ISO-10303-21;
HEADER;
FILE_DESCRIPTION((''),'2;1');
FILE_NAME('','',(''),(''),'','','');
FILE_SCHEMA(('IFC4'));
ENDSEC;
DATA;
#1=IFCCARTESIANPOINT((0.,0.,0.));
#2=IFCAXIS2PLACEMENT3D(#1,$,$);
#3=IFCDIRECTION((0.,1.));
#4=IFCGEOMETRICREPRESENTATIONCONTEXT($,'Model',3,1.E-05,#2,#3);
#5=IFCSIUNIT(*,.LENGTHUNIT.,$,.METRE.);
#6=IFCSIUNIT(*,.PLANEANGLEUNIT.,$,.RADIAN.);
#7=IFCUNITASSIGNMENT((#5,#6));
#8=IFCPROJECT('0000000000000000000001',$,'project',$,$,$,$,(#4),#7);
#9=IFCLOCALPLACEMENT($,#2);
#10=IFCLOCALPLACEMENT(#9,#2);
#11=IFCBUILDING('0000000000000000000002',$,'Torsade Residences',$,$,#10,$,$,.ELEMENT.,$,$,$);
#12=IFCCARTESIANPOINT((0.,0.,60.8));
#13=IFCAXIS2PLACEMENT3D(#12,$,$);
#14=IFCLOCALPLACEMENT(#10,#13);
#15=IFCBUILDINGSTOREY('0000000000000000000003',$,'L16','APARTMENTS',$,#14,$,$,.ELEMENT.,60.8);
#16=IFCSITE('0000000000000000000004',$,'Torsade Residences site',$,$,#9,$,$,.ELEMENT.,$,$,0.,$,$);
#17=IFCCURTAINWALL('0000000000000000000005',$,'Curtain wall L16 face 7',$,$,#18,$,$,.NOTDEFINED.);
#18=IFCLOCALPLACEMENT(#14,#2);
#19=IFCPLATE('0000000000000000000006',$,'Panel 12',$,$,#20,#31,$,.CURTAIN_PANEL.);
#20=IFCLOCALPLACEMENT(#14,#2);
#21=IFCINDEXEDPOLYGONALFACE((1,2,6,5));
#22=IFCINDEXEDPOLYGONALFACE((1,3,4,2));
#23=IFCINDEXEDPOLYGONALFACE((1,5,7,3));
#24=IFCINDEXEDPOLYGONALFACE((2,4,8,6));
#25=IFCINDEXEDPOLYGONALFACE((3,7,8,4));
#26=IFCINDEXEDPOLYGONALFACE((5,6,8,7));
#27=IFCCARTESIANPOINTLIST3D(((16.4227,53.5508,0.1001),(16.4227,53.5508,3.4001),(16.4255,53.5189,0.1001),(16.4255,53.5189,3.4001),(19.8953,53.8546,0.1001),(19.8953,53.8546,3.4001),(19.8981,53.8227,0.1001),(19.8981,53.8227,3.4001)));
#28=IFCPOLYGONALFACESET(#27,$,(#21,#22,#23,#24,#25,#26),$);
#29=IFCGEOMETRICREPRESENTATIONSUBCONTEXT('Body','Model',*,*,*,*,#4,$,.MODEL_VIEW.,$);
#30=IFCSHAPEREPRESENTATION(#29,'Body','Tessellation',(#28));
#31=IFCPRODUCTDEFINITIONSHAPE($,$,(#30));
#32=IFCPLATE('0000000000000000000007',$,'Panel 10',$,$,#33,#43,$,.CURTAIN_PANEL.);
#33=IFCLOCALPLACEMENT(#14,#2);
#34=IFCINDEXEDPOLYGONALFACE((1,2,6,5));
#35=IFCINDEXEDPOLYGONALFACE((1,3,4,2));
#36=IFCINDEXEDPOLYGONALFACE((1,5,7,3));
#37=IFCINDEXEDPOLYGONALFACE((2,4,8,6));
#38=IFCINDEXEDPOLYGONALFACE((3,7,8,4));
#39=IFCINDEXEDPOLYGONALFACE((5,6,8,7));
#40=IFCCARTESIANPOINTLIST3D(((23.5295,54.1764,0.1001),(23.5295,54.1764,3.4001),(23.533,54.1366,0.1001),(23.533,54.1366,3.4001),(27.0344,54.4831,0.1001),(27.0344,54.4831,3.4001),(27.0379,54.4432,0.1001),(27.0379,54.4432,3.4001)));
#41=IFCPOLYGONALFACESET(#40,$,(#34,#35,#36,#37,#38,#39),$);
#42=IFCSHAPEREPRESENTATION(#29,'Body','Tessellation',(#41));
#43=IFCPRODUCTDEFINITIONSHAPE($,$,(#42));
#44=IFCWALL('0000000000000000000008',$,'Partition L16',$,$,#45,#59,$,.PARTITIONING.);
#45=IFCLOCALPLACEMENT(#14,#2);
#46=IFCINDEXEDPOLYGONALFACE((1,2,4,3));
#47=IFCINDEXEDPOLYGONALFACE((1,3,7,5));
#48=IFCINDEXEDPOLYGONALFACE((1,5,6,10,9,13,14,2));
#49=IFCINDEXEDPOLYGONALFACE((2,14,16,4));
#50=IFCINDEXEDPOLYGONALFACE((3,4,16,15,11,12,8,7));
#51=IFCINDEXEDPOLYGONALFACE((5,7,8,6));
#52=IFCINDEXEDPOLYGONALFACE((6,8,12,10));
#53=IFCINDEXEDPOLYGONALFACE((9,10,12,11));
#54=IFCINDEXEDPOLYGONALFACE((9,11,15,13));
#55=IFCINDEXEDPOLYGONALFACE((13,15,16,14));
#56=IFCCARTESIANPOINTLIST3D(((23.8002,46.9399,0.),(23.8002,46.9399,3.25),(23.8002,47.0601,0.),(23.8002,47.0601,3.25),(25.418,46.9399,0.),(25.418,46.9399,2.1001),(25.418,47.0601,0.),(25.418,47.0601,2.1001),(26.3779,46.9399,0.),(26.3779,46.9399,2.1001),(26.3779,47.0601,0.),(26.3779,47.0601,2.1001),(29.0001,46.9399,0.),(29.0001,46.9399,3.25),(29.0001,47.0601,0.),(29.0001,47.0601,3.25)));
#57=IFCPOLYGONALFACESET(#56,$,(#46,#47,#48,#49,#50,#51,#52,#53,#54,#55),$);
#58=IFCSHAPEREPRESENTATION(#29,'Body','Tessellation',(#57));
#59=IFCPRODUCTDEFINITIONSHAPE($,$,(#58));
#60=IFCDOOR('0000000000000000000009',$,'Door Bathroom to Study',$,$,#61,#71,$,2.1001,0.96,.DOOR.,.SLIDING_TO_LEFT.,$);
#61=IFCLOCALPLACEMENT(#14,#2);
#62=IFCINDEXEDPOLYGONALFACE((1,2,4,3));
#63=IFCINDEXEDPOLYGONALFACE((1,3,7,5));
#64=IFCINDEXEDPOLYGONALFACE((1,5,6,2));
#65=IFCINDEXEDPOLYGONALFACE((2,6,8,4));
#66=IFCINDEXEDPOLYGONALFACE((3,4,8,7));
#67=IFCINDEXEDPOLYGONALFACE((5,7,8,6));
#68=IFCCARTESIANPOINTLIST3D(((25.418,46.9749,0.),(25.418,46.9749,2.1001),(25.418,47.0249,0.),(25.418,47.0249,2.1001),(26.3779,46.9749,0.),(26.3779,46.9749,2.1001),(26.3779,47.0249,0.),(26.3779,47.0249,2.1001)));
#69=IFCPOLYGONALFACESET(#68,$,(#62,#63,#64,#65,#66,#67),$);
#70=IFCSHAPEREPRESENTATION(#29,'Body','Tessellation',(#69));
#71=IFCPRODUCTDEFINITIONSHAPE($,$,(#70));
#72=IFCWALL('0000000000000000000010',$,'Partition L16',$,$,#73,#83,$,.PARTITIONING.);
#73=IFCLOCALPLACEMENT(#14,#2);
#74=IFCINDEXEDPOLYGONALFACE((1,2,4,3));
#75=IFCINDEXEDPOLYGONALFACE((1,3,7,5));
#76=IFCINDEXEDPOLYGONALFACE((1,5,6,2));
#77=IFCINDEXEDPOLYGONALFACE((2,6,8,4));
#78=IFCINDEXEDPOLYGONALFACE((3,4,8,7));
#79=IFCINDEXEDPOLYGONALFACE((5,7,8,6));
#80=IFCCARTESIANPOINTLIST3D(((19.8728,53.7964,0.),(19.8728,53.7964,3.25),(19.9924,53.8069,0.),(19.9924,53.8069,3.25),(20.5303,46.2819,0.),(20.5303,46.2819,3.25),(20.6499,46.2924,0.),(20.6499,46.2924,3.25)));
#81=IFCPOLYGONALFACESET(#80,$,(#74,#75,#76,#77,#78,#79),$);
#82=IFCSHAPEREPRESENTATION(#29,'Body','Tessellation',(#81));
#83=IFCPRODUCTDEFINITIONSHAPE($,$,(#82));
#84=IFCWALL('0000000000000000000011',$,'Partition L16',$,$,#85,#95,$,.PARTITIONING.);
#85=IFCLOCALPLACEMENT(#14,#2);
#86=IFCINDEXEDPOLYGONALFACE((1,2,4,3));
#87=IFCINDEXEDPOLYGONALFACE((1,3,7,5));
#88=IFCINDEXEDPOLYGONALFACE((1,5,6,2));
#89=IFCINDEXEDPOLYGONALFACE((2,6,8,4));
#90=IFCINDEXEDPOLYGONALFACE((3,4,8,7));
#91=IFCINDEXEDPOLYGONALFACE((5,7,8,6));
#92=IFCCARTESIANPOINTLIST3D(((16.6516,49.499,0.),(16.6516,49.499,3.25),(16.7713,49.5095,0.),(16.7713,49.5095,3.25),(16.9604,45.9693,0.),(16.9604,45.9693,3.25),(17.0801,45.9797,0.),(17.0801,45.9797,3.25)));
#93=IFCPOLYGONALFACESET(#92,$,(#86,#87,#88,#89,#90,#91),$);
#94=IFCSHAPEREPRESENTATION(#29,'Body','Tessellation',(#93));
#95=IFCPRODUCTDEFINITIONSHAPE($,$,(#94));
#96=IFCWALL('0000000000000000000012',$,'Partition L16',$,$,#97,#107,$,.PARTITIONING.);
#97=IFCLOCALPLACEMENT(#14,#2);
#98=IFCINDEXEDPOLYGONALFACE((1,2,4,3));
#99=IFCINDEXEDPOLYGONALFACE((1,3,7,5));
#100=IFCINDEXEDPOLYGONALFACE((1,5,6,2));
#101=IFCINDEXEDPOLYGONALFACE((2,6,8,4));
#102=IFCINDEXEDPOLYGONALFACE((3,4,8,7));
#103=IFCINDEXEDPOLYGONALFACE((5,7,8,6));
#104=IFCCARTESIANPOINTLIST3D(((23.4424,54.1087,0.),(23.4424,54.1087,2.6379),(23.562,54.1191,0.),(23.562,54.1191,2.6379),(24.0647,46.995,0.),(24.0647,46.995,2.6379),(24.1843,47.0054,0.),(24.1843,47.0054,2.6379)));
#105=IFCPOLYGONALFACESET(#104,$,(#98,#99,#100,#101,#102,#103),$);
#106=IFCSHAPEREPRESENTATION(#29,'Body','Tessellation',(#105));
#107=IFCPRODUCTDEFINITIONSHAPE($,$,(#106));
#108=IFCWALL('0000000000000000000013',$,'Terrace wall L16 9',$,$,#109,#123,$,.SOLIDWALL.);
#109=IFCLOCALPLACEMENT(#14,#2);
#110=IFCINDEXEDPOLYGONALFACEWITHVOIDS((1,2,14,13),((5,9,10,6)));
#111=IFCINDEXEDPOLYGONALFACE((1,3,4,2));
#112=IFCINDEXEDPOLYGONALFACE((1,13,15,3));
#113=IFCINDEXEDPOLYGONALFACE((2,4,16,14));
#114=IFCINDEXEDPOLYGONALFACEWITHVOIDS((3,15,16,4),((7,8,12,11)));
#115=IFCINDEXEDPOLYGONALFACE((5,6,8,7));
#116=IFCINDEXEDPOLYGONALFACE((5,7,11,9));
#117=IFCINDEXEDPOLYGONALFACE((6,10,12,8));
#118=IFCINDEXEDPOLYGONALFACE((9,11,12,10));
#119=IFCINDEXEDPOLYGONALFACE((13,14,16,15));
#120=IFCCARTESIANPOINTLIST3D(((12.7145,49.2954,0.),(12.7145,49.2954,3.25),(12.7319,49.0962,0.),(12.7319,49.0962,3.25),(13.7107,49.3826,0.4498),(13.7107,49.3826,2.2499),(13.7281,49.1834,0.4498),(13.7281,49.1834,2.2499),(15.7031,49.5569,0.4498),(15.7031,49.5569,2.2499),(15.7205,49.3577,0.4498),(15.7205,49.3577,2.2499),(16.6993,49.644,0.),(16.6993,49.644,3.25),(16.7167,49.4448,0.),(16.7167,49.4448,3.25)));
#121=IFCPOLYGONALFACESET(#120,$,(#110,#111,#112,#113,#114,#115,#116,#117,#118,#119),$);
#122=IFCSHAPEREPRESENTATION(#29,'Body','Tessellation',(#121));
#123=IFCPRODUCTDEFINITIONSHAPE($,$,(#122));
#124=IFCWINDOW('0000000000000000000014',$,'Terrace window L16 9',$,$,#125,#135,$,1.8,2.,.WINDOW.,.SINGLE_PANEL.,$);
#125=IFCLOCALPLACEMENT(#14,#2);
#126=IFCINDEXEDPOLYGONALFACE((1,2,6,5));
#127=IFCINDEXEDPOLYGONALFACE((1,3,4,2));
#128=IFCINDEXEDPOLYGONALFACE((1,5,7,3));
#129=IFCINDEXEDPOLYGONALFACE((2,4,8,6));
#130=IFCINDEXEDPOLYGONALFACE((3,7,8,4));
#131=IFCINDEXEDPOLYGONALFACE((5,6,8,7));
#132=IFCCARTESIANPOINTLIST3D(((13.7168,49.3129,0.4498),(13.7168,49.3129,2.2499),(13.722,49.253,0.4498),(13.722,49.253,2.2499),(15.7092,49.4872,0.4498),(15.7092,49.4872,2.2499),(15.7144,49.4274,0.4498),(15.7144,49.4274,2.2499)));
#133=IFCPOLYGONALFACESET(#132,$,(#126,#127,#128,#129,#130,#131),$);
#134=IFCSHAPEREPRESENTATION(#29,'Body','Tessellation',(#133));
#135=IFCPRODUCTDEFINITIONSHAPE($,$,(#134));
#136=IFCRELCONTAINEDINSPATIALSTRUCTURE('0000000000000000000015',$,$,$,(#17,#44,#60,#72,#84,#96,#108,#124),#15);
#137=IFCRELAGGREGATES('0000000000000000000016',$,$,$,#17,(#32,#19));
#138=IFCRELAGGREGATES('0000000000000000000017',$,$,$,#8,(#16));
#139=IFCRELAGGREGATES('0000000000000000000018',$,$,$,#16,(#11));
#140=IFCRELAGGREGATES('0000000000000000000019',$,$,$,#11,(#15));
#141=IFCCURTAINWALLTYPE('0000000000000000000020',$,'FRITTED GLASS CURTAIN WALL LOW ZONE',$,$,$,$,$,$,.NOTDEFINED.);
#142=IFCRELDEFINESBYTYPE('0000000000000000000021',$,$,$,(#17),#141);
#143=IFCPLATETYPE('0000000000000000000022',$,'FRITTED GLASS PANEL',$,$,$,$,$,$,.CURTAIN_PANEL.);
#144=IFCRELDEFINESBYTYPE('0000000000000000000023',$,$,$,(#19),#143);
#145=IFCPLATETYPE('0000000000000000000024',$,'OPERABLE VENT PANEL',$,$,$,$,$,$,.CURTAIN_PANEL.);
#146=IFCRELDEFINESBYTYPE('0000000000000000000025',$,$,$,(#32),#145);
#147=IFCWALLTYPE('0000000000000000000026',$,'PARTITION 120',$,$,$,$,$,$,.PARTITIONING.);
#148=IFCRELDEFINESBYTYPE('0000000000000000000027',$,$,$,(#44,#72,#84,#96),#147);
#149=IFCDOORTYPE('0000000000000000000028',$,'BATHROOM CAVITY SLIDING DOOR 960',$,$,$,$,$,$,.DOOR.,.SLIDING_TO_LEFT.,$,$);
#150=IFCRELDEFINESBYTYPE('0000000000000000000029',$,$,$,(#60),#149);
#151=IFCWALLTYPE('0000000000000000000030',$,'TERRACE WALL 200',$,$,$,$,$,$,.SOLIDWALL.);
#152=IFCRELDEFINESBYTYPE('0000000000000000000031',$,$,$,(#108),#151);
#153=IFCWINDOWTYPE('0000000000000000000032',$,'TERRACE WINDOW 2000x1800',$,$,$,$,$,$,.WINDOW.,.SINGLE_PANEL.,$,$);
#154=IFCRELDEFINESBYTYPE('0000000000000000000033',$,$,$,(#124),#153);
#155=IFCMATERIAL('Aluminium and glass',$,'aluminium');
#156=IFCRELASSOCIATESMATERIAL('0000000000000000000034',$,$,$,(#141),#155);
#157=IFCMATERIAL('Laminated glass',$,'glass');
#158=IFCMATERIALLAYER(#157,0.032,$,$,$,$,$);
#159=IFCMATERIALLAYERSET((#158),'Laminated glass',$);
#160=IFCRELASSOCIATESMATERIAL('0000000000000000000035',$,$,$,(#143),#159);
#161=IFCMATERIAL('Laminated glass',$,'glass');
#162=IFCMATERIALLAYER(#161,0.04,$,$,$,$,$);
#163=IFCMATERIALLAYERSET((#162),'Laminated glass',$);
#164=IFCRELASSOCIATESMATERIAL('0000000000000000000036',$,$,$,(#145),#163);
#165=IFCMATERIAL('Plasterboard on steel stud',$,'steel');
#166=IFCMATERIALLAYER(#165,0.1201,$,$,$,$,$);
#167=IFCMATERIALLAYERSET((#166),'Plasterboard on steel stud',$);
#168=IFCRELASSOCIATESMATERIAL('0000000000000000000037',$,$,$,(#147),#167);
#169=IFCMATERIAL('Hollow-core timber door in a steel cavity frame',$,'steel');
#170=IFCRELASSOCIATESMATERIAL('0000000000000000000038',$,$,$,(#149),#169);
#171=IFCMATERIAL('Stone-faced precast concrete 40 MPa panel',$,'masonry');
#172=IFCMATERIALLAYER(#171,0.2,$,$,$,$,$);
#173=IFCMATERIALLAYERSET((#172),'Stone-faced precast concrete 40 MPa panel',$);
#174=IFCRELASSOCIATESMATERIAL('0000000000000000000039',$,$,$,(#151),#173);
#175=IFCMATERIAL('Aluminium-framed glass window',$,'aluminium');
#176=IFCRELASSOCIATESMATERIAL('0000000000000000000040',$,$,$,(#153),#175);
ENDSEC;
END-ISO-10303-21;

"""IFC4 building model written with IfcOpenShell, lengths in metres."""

from ifc_helpers import new_model, si_unit, direction, frame, frame_2d, origin, origin_2d, place, context, subcontext, project, spatial, rectangle, extrude, material, layer, layer_set, type_object, element, fill, aggregate, save


model = new_model("IFC4")

# Units and contexts
model_context = context("Model", 3, precision=1e-05, world=origin(), true_north=direction((0.0, 1.0)))
body_context = subcontext(model_context, "Body", "Model", "MODEL_VIEW")
ifc_project = project(units=[si_unit("LENGTHUNIT", "METRE"), si_unit("PLANEANGLEUNIT", "RADIAN")], contexts=[model_context])

# Site, building, storey
site_placement = place(None, origin())
site = spatial("IfcSite", under=ifc_project, at=site_placement, Name="Torsade Residences site", CompositionType="ELEMENT", RefElevation=0.0)
building_placement = place(site_placement, origin())
building = spatial("IfcBuilding", under=site, at=building_placement, Name="Torsade Residences", CompositionType="ELEMENT")
storey_placement = place(building_placement, frame((0.0, 0.0, 60.8)))
storey = spatial("IfcBuildingStorey", under=building, at=storey_placement, Name="L16", Description="APARTMENTS", CompositionType="ELEMENT", Elevation=60.8)

# Curtain wall
ifc_material_1 = material(Name="Aluminium and glass", Category="aluminium")
curtain_wall_type = type_object("IfcCurtainWallType", Name="FRITTED GLASS CURTAIN WALL LOW ZONE", PredefinedType="NOTDEFINED", material=ifc_material_1)
curtain_wall_placement = place(storey_placement, origin())
curtain_wall = element("IfcCurtainWall", 1, at=curtain_wall_placement, inside=storey, type_object=curtain_wall_type, Name="Curtain wall L16 face 7", PredefinedType="NOTDEFINED")

# Plates
ifc_material_2 = material(Name="Laminated glass", Category="glass")
ifc_layer_1 = layer(ifc_material_2, 0.032)
ifc_layer_set_1 = layer_set([ifc_layer_1], Name="Laminated glass")
plate_type_1 = type_object("IfcPlateType", Name="FRITTED GLASS PANEL", PredefinedType="CURTAIN_PANEL", material=ifc_layer_set_1)
plate_1_placement = place(storey_placement, frame((18.1604, 53.6868, 0.1001), z_axis=(0.0, 0.0, 1.0), x_axis=(-0.996195, -0.087156, 0.0)))
plate_1 = element("IfcPlate", 2, at=plate_1_placement, type_object=plate_type_1, Name="Panel 12", PredefinedType="CURTAIN_PANEL", context=body_context, shape_type="SweptSolid", body=[
    extrude(rectangle(XDim=3.4858, YDim=0.032, at=origin_2d()), origin(), (0.0, 0.0, 1.0), 3.3),
])
ifc_material_3 = material(Name="Laminated glass", Category="glass")
ifc_layer_2 = layer(ifc_material_3, 0.04)
ifc_layer_set_2 = layer_set([ifc_layer_2], Name="Laminated glass")
plate_type_2 = type_object("IfcPlateType", Name="OPERABLE VENT PANEL", PredefinedType="CURTAIN_PANEL", material=ifc_layer_set_2)
plate_2_placement = place(storey_placement, frame((25.2837, 54.3098, 0.1001), z_axis=(0.0, 0.0, 1.0), x_axis=(-0.996195, -0.087156, 0.0)))
plate_2 = element("IfcPlate", 3, at=plate_2_placement, type_object=plate_type_2, Name="Panel 10", PredefinedType="CURTAIN_PANEL", context=body_context, shape_type="SweptSolid", body=[
    extrude(rectangle(XDim=3.5183, YDim=0.04, at=origin_2d()), origin(), (0.0, 0.0, 1.0), 3.3),
])
aggregate(curtain_wall, [plate_2, plate_1])

# Wall, opening, door
ifc_material_4 = material(Name="Plasterboard on steel stud", Category="steel")
ifc_layer_3 = layer(ifc_material_4, 0.1201)
ifc_layer_set_3 = layer_set([ifc_layer_3], Name="Plasterboard on steel stud")
wall_type_1 = type_object("IfcWallType", Name="PARTITION 120", PredefinedType="PARTITIONING", material=ifc_layer_set_3)
wall_1_placement = place(storey_placement, frame((23.8, 47.0, 0.0), z_axis=(0.0, 0.0, 1.0), x_axis=(1.0, 0.0, 0.0)))
wall_1 = element("IfcWall", 4, at=wall_1_placement, inside=storey, type_object=wall_type_1, Name="Partition L16", PredefinedType="PARTITIONING", context=body_context, shape_type="SweptSolid", body=[
    extrude(rectangle(XDim=5.2, YDim=0.1201, at=frame_2d((2.6001, 0.0))), origin(), (0.0, 0.0, 1.0), 3.25),
])
opening_1_placement = place(wall_1_placement, frame((1.6179, 0.0, 0.0)))
opening_1 = element("IfcOpeningElement", 5, at=opening_1_placement, cuts=wall_1, PredefinedType="OPENING", context=body_context, shape_type="SweptSolid", body=[
    extrude(rectangle(XDim=0.96, YDim=2.1001, at=frame_2d((0.48, 1.05))), frame((0.0, 0.0701, 0.0), z_axis=(0.0, -1.0, 0.0), x_axis=(1.0, 0.0, 0.0)), (0.0, 0.0, 1.0), 0.1401),
])
ifc_material_5 = material(Name="Hollow-core timber door in a steel cavity frame", Category="steel")
door_type = type_object("IfcDoorType", Name="BATHROOM CAVITY SLIDING DOOR 960", OperationType="SLIDING_TO_LEFT", PredefinedType="DOOR", material=ifc_material_5)
door_placement = place(opening_1_placement, origin())
door = element("IfcDoor", 6, at=door_placement, inside=storey, type_object=door_type, Name="Door Bathroom to Study", OperationType="SLIDING_TO_LEFT", OverallHeight=2.1001, OverallWidth=0.96, PredefinedType="DOOR", context=body_context, shape_type="SweptSolid", body=[
    extrude(rectangle(XDim=0.96, YDim=2.1001, at=frame_2d((0.48, 1.05))), frame((0.0, 0.0249, 0.0), z_axis=(0.0, -1.0, 0.0), x_axis=(1.0, 0.0, 0.0)), (0.0, 0.0, 1.0), 0.05),
])
fill(opening_1, door)

# Walls
wall_2_placement = place(storey_placement, frame((19.9326, 53.8015, 0.0), z_axis=(0.0, 0.0, 1.0), x_axis=(0.087162, -0.996194, 0.0)))
element("IfcWall", 7, at=wall_2_placement, inside=storey, type_object=wall_type_1, Name="Partition L16", PredefinedType="PARTITIONING", context=body_context, shape_type="SweptSolid", body=[
    extrude(rectangle(XDim=7.5432, YDim=0.1201, at=frame_2d((3.7715, 0.0))), origin(), (0.0, 0.0, 1.0), 3.25),
])
wall_3_placement = place(storey_placement, frame((17.0203, 45.9746, 0.0), z_axis=(0.0, 0.0, 1.0), x_axis=(-0.087162, 0.996194, 0.0)))
element("IfcWall", 8, at=wall_3_placement, inside=storey, type_object=wall_type_1, Name="Partition L16", PredefinedType="PARTITIONING", context=body_context, shape_type="SweptSolid", body=[
    extrude(rectangle(XDim=3.5432, YDim=0.1201, at=frame_2d((1.7715, 0.0))), origin(), (0.0, 0.0, 1.0), 3.25),
])
wall_4_placement = place(storey_placement, frame((23.5022, 54.1138, 0.0), z_axis=(0.0, 0.0, 1.0), x_axis=(0.087147, -0.996195, 0.0)))
element("IfcWall", 9, at=wall_4_placement, inside=storey, type_object=wall_type_1, Name="Partition L16", PredefinedType="PARTITIONING", context=body_context, shape_type="SweptSolid", body=[
    extrude(rectangle(XDim=7.1409, YDim=0.1201, at=frame_2d((3.5703, 0.0))), origin(), (0.0, 0.0, 1.0), 2.6379),
])

# Wall, opening, window
ifc_material_6 = material(Name="Stone-faced precast concrete 40 MPa panel", Category="masonry")
ifc_layer_4 = layer(ifc_material_6, 0.2)
ifc_layer_set_4 = layer_set([ifc_layer_4], Name="Stone-faced precast concrete 40 MPa panel")
wall_type_2 = type_object("IfcWallType", Name="TERRACE WALL 200", PredefinedType="SOLIDWALL", material=ifc_layer_set_4)
wall_5_placement = place(storey_placement, frame((16.708, 49.5444, 0.0), z_axis=(0.0, 0.0, 1.0), x_axis=(-0.996195, -0.087156, 0.0)))
wall_5 = element("IfcWall", 10, at=wall_5_placement, inside=storey, type_object=wall_type_2, Name="Terrace wall L16 9", PredefinedType="SOLIDWALL", context=body_context, shape_type="SweptSolid", body=[
    extrude(rectangle(XDim=4.0, YDim=0.2, at=frame_2d((2.0, 0.0))), origin(), (0.0, 0.0, 1.0), 3.25),
])
opening_2_placement = place(wall_5_placement, frame((1.0, 0.0, 0.45)))
opening_2 = element("IfcOpeningElement", 11, at=opening_2_placement, cuts=wall_5, PredefinedType="OPENING", context=body_context, shape_type="SweptSolid", body=[
    extrude(rectangle(XDim=2.0, YDim=1.8, at=frame_2d((1.0, 0.8999))), frame((0.0, 0.1099, 0.0), z_axis=(0.0, -1.0, 0.0), x_axis=(1.0, 0.0, 0.0)), (0.0, 0.0, 1.0), 0.22),
])
ifc_material_7 = material(Name="Aluminium-framed glass window", Category="aluminium")
window_type = type_object("IfcWindowType", Name="TERRACE WINDOW 2000x1800", PartitioningType="SINGLE_PANEL", PredefinedType="WINDOW", material=ifc_material_7)
window_placement = place(opening_2_placement, origin())
window = element("IfcWindow", 12, at=window_placement, inside=storey, type_object=window_type, Name="Terrace window L16 9", OverallHeight=1.8, OverallWidth=2.0, PartitioningType="SINGLE_PANEL", PredefinedType="WINDOW", context=body_context, shape_type="SweptSolid", body=[
    extrude(rectangle(XDim=2.0, YDim=1.8, at=frame_2d((1.0, 0.8999))), frame((0.0, 0.03, 0.0), z_axis=(0.0, -1.0, 0.0), x_axis=(1.0, 0.0, 0.0)), (0.0, 0.0, 1.0), 0.0601),
])
fill(opening_2, window)

save(model, "model.ifc")
